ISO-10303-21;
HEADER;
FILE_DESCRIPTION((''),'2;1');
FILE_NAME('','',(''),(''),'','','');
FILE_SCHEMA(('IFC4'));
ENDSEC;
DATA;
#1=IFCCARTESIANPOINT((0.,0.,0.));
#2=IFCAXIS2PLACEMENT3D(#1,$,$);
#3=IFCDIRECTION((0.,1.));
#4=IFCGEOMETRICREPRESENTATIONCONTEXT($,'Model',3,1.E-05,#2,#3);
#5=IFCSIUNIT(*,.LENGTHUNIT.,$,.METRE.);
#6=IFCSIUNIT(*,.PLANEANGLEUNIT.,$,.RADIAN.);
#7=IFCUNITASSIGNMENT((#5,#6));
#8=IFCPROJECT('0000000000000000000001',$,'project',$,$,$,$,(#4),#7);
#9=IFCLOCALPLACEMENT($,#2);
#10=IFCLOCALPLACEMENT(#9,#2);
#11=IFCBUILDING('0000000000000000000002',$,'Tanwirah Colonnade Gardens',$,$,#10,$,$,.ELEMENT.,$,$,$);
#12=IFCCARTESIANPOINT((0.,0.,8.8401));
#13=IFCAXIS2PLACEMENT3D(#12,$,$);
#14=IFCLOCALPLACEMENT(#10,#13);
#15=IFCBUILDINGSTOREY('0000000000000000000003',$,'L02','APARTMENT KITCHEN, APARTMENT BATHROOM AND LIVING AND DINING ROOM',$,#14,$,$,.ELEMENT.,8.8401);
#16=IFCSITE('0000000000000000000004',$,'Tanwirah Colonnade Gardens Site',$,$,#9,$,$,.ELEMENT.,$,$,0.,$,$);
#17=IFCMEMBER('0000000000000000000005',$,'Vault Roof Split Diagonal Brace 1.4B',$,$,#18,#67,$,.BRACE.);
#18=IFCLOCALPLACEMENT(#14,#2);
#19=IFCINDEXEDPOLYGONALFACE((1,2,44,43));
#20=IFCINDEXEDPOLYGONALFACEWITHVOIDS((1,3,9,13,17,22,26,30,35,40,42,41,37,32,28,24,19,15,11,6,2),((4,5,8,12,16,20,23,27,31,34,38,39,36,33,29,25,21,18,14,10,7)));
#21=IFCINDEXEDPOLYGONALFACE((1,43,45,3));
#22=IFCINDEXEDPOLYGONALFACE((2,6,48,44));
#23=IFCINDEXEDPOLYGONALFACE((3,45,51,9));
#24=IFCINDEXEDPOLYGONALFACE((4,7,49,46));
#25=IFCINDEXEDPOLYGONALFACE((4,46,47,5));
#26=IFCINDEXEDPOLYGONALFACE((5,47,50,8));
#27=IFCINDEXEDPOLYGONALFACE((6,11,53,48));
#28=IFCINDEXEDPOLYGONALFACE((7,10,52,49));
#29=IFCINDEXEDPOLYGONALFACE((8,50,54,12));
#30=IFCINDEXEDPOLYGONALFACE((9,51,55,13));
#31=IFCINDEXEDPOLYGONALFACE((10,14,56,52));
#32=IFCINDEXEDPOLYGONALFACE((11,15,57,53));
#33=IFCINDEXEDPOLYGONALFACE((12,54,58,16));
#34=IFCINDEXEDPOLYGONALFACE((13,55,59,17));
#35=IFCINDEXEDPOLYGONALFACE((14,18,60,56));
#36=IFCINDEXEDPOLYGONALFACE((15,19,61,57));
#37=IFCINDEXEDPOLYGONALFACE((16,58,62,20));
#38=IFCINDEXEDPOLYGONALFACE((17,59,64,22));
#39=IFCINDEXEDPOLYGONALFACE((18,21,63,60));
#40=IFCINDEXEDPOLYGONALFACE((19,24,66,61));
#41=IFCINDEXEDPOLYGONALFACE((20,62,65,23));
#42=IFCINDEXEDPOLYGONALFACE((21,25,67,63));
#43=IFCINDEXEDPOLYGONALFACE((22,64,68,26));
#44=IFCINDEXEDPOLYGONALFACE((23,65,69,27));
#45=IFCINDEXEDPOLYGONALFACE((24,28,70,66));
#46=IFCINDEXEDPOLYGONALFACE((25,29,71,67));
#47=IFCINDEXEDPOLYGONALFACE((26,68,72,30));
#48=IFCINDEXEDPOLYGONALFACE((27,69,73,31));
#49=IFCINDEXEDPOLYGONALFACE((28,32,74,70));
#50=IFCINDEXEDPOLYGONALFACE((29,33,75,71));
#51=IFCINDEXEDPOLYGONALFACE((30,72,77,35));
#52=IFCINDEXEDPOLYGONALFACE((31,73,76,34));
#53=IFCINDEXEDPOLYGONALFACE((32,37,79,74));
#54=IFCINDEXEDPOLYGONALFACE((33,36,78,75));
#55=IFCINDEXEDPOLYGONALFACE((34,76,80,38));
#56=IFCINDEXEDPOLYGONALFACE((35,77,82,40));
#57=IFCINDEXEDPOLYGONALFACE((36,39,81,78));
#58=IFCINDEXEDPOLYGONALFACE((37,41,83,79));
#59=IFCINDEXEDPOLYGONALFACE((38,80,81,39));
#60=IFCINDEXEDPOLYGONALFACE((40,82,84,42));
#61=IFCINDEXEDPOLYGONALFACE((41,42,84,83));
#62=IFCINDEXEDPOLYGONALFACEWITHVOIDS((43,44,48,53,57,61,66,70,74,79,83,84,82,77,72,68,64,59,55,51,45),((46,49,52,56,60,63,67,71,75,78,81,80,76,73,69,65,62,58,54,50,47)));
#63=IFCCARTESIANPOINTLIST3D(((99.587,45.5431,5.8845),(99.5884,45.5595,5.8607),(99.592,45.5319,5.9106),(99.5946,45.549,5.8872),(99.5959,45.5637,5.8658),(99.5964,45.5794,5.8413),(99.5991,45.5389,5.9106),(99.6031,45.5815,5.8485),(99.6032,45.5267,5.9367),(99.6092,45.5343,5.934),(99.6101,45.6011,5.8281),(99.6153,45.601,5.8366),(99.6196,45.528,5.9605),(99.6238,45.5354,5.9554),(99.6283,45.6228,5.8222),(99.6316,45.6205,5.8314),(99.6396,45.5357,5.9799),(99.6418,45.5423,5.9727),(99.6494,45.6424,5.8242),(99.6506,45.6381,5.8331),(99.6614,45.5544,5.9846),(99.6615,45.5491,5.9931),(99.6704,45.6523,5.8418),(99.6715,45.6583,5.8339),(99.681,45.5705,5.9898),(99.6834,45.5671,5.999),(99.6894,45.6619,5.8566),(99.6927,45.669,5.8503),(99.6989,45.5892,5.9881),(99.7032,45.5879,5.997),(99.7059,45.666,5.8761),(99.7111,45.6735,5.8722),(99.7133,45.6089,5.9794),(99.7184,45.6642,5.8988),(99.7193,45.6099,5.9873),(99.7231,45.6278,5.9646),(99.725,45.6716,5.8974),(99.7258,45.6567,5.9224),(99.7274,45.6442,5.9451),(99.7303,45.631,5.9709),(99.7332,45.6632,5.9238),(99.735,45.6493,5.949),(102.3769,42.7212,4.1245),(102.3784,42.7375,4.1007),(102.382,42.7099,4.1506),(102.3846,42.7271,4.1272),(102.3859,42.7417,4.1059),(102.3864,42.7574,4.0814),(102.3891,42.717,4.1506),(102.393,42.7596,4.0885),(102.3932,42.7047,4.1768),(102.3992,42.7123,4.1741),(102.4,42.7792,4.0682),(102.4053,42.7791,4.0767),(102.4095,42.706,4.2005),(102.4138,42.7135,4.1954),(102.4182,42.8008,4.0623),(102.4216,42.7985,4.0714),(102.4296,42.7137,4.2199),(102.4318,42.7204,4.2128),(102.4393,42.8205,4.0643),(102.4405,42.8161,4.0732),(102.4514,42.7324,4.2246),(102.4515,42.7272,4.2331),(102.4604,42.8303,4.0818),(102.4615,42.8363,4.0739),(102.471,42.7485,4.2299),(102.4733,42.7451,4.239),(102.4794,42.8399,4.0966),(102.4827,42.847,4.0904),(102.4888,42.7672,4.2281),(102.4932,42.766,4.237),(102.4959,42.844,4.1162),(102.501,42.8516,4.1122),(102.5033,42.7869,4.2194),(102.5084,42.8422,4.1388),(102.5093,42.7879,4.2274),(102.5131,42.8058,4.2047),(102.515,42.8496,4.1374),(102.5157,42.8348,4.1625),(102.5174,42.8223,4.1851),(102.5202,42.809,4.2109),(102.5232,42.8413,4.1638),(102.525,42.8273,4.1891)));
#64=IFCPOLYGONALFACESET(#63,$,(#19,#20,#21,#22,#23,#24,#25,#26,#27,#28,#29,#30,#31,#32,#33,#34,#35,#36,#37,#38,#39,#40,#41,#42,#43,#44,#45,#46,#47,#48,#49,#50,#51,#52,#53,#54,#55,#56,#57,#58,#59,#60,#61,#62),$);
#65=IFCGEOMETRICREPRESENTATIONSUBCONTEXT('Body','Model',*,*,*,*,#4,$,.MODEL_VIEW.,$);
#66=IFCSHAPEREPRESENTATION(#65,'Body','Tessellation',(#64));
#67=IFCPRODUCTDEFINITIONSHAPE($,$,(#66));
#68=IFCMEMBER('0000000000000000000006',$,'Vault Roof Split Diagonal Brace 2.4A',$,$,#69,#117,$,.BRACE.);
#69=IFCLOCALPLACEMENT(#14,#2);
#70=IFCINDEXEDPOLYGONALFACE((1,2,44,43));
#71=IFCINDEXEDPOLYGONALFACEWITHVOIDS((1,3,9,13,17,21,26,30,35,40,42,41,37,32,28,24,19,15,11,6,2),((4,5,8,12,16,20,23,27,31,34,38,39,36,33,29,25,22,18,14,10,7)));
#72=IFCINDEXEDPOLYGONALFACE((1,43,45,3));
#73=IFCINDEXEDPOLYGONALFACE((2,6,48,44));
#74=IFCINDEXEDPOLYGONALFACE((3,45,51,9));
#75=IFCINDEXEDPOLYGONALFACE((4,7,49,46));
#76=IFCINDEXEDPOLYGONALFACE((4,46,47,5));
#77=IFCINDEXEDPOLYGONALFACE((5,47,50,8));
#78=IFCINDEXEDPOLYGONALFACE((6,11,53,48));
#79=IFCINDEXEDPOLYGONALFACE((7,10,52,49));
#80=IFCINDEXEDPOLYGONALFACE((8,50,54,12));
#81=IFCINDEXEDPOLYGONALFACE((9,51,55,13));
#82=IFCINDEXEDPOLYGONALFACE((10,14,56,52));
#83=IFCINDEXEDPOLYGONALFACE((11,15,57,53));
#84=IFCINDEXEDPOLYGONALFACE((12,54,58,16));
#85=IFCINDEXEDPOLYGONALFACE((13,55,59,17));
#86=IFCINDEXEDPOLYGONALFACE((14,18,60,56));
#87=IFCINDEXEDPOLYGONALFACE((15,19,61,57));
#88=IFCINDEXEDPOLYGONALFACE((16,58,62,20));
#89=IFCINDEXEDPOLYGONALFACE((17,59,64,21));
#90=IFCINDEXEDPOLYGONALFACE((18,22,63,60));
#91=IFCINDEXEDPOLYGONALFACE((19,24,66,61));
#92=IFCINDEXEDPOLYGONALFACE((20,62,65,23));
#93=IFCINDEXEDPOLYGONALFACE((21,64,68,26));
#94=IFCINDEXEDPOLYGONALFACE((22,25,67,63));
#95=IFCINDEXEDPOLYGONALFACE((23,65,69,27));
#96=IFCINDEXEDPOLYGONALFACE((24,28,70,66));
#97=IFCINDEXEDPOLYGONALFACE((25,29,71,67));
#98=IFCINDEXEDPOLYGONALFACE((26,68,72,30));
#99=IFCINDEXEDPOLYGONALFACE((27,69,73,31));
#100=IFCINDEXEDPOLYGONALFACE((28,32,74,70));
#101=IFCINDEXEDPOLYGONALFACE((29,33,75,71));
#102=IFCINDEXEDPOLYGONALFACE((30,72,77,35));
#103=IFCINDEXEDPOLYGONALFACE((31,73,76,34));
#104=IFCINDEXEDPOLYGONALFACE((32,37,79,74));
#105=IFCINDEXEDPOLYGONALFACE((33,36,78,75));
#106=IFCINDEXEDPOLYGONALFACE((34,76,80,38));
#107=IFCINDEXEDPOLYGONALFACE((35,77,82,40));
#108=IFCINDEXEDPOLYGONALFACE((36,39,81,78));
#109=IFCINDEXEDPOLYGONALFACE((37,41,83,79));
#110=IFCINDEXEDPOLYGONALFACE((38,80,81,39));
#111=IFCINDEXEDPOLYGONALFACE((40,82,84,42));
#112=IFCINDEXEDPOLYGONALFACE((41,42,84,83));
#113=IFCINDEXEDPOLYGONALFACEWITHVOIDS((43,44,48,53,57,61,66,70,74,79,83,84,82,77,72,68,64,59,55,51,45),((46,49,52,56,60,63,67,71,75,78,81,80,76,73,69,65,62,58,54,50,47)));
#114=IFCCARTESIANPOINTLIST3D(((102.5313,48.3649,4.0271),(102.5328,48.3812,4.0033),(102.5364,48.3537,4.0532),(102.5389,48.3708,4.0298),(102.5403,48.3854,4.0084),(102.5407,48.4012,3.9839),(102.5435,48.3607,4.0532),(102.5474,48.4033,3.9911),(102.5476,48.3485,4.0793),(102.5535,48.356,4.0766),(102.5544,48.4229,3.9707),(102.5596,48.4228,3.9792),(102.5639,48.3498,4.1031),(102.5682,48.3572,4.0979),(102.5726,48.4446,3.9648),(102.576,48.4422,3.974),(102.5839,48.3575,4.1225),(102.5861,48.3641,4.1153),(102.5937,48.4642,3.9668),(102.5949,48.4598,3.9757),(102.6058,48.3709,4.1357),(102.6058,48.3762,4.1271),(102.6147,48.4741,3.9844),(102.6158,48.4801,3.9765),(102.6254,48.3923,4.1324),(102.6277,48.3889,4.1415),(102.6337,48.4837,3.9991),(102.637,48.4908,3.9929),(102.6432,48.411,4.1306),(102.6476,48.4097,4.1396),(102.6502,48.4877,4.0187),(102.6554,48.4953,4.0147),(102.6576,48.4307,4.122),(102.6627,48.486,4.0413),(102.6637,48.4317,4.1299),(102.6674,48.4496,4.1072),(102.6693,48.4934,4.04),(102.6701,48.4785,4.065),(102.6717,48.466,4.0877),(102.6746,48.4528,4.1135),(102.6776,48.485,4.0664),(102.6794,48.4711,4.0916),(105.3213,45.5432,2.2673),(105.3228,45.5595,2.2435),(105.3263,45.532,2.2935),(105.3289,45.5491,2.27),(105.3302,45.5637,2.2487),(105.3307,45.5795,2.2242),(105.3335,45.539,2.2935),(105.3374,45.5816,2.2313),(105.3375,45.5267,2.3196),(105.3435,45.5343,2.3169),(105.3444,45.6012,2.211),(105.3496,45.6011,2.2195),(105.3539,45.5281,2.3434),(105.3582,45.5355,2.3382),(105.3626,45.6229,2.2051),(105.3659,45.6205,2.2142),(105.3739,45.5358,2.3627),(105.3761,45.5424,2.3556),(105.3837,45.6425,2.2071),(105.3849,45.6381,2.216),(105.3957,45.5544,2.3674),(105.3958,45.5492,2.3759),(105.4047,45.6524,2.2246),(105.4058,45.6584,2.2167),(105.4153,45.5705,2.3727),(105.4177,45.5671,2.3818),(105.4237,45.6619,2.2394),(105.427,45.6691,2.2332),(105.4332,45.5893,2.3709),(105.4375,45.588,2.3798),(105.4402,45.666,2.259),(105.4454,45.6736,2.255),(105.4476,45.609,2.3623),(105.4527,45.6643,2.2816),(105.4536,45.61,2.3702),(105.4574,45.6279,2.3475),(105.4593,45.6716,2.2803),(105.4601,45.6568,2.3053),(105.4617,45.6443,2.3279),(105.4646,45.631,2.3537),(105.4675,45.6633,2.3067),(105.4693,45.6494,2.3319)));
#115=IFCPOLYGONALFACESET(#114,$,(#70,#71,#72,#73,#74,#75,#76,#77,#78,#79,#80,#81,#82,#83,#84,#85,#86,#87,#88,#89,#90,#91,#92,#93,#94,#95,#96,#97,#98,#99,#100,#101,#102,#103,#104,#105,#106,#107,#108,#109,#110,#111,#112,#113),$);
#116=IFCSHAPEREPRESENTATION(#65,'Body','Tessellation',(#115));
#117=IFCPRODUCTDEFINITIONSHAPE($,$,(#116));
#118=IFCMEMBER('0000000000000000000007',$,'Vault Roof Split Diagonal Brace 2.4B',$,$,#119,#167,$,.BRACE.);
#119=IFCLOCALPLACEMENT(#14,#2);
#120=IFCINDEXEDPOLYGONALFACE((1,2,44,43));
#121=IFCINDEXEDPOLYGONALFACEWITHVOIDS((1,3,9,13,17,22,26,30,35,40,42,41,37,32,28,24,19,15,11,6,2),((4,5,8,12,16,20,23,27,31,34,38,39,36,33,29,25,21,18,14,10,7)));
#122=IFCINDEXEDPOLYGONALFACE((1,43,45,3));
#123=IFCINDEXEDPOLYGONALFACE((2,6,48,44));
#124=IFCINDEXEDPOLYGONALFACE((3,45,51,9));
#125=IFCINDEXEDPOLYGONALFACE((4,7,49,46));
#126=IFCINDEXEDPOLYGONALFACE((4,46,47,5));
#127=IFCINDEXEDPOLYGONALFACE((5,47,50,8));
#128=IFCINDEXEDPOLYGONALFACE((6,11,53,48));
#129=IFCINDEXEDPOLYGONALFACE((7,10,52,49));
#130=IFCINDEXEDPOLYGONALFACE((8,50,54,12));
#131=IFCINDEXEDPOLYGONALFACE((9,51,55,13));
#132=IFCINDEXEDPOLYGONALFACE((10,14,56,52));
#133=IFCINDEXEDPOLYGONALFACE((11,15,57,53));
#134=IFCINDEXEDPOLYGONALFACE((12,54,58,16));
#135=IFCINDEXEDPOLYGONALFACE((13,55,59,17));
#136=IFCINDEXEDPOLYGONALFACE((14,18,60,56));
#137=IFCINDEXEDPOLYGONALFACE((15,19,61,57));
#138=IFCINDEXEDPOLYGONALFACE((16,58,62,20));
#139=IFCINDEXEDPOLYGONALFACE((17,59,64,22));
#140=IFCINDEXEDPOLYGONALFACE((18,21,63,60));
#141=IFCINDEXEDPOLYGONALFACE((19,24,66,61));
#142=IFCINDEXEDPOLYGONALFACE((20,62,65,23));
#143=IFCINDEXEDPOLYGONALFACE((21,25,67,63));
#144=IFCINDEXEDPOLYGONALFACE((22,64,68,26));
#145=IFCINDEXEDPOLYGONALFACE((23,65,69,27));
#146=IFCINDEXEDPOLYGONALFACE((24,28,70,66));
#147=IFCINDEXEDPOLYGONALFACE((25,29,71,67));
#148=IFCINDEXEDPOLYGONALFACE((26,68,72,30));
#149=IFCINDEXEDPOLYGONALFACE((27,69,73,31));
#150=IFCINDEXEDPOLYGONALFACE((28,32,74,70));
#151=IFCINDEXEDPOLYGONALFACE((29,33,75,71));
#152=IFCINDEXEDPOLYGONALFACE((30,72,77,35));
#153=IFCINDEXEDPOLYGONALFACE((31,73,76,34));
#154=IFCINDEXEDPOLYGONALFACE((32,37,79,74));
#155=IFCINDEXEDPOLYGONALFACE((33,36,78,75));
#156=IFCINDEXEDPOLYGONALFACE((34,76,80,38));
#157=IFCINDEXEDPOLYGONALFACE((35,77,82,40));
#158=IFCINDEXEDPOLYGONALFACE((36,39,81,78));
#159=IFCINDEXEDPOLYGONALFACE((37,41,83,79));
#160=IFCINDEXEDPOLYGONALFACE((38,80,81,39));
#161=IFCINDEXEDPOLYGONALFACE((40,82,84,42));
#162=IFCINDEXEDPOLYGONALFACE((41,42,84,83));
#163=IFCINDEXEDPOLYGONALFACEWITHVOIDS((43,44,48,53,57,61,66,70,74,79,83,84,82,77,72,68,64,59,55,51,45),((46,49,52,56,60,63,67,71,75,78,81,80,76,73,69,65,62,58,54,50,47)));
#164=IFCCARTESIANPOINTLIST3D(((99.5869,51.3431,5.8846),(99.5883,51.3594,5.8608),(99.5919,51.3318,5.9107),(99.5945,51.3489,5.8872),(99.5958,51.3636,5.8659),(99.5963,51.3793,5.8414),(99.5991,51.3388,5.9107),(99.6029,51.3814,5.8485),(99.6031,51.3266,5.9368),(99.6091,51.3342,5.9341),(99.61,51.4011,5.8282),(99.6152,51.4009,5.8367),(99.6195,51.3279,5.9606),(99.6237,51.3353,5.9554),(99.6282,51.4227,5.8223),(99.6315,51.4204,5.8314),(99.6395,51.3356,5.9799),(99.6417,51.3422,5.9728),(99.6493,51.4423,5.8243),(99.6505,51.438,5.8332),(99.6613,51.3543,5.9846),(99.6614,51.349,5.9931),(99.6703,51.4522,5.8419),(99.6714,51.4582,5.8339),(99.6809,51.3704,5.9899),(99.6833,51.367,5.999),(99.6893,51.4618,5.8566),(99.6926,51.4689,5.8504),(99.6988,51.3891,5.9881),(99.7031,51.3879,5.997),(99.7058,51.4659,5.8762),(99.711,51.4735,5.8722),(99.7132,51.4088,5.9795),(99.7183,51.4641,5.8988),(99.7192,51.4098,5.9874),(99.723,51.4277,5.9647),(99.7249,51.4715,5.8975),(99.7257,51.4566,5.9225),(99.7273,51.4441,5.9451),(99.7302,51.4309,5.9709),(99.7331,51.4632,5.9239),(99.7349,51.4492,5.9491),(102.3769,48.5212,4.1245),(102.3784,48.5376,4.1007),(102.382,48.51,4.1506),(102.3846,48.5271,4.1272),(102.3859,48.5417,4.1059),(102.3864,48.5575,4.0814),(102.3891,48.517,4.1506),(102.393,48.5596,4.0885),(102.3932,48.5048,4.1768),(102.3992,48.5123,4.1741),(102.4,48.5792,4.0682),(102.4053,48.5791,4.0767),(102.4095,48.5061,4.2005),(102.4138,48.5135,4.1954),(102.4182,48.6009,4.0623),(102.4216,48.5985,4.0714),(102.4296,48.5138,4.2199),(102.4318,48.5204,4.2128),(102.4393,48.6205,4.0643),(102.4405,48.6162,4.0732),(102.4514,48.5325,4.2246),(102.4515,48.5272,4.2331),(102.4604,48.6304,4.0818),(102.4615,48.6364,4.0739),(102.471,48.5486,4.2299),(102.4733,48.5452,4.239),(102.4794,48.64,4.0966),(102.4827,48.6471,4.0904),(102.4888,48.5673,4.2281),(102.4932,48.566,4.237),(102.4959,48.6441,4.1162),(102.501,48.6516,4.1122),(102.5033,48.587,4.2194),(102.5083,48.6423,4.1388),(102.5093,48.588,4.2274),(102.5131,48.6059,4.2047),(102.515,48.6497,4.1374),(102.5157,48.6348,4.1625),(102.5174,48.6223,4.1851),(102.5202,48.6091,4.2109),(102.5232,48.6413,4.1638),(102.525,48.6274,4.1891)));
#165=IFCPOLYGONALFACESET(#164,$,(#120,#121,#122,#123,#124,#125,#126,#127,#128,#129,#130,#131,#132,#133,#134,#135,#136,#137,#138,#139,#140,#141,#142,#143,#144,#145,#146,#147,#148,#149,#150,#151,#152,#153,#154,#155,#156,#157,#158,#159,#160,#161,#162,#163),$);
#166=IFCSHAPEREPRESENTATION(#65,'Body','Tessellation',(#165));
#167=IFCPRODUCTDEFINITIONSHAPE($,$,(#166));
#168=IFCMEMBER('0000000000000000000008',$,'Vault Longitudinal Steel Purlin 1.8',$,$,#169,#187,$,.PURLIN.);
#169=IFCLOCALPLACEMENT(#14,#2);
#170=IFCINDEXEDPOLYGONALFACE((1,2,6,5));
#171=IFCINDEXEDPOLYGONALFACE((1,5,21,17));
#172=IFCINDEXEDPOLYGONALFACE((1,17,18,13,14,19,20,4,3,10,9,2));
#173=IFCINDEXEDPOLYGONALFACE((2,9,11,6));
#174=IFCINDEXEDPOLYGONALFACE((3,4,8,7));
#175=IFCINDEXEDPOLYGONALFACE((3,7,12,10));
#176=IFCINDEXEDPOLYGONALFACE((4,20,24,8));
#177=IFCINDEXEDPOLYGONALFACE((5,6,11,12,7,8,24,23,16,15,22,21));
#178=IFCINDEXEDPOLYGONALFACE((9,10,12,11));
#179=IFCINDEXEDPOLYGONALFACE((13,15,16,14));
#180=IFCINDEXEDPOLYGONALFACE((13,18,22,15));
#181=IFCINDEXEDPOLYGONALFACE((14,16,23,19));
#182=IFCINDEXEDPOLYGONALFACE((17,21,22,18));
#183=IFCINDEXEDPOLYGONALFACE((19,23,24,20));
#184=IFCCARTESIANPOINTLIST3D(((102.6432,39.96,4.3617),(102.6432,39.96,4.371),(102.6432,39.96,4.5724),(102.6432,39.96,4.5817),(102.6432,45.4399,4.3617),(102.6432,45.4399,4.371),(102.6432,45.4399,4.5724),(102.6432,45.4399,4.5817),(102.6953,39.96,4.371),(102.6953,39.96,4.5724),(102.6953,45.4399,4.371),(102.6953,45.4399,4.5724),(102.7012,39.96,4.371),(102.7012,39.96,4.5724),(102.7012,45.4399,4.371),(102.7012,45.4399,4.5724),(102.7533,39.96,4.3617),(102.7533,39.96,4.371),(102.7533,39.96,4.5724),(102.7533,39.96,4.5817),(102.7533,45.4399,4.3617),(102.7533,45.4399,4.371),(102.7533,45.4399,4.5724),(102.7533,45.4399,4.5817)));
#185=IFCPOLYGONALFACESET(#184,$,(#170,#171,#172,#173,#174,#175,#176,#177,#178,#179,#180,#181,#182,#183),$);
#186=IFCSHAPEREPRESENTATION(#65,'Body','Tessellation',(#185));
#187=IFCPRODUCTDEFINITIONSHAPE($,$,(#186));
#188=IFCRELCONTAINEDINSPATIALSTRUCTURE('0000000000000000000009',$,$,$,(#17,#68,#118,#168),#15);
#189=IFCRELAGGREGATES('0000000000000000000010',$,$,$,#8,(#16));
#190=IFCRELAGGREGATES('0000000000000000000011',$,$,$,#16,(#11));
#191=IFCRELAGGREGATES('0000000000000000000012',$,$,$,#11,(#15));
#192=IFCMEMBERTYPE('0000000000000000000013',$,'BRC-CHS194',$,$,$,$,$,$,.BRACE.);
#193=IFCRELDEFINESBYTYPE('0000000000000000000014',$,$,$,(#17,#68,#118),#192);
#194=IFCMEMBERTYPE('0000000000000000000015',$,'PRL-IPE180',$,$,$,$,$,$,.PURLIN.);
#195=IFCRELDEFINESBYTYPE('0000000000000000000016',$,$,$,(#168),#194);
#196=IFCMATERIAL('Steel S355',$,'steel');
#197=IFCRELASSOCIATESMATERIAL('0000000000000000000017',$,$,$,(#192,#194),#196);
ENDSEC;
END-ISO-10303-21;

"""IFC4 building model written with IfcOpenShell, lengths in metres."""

from ifc_helpers import new_model, si_unit, direction, frame, origin, origin_2d, place, context, subcontext, project, spatial, hollow_circle, i_section, extrude, material, material_profile, profile_set, type_object, element, save


model = new_model("IFC4")

# Units and contexts
model_context = context("Model", 3, precision=1e-05, world=origin(), true_north=direction((0.0, 1.0)))
body_context = subcontext(model_context, "Body", "Model", "MODEL_VIEW")
ifc_project = project(units=[si_unit("LENGTHUNIT", "METRE"), si_unit("PLANEANGLEUNIT", "RADIAN")], contexts=[model_context])

# Site, building, storey
site_placement = place(None, origin())
site = spatial("IfcSite", under=ifc_project, at=site_placement, Name="Tanwirah Colonnade Gardens Site", CompositionType="ELEMENT", RefElevation=0.0)
building_placement = place(site_placement, origin())
building = spatial("IfcBuilding", under=site, at=building_placement, Name="Tanwirah Colonnade Gardens", CompositionType="ELEMENT")
storey_placement = place(building_placement, frame((0.0, 0.0, 8.8401)))
storey = spatial("IfcBuildingStorey", under=building, at=storey_placement, Name="L02", Description="APARTMENT KITCHEN, APARTMENT BATHROOM AND LIVING AND DINING ROOM", CompositionType="ELEMENT", Elevation=8.8401)

# Members
ifc_material_1 = material(Name="Steel S355", Category="steel")
ifc_material_profile_1 = material_profile(ifc_material_1, hollow_circle(Radius=0.0969, WallThickness=0.01, at=origin_2d()), Name="CHS 193.7x10")
ifc_profile_set_1 = profile_set([ifc_material_profile_1], Name="Steel S355")
member_type_1 = type_object("IfcMemberType", Name="BRC-CHS194", PredefinedType="BRACE", material=ifc_profile_set_1)
member_1_placement = place(storey_placement, frame((102.4509, 42.7781, 4.1506), z_axis=(-0.642693, 0.65006, 0.405423), x_axis=(-0.711125, -0.703066, 0.0)))
element("IfcMember", 1, at=member_1_placement, inside=storey, type_object=member_type_1, Name="Vault Roof Split Diagonal Brace 1.4B", PredefinedType="BRACE", context=body_context, shape_type="SweptSolid", body=[
    extrude(hollow_circle(Radius=0.0969, WallThickness=0.01, at=origin_2d()), origin(), (0.0, 0.0, 1.0), 4.3411),
])
member_2_placement = place(storey_placement, frame((105.3953, 45.6001, 2.2935), z_axis=(-0.642731, 0.650042, 0.405391), x_axis=(-0.711095, -0.703096, 0.0)))
element("IfcMember", 2, at=member_2_placement, inside=storey, type_object=member_type_1, Name="Vault Roof Split Diagonal Brace 2.4A", PredefinedType="BRACE", context=body_context, shape_type="SweptSolid", body=[
    extrude(hollow_circle(Radius=0.0969, WallThickness=0.01, at=origin_2d()), origin(), (0.0, 0.0, 1.0), 4.3408),
])
member_3_placement = place(storey_placement, frame((102.4509, 48.5781, 4.1506), z_axis=(-0.642716, 0.650028, 0.405438), x_axis=(-0.711095, -0.703096, 0.0)))
element("IfcMember", 3, at=member_3_placement, inside=storey, type_object=member_type_1, Name="Vault Roof Split Diagonal Brace 2.4B", PredefinedType="BRACE", context=body_context, shape_type="SweptSolid", body=[
    extrude(hollow_circle(Radius=0.0969, WallThickness=0.01, at=origin_2d()), origin(), (0.0, 0.0, 1.0), 4.3411),
])
ifc_material_profile_2 = material_profile(ifc_material_1, i_section(OverallWidth=0.1101, OverallDepth=0.22, WebThickness=0.0059, FlangeThickness=0.0093, at=origin_2d()), Name="IPE 220")
ifc_profile_set_2 = profile_set([ifc_material_profile_2], Name="Steel S355")
member_type_2 = type_object("IfcMemberType", Name="PRL-IPE180", PredefinedType="PURLIN", material=ifc_profile_set_2)
for number, where, z_axis, x_axis, name in (
    (4, (102.6982, 39.96, 4.4717), (0.0, 1.0, 0.0), (-1.0, 0.0, 0.0), "Vault Longitudinal Steel Purlin 1.8"),
):
    element("IfcMember", number, at=place(storey_placement, frame(where, z_axis=z_axis, x_axis=x_axis)), inside=storey, type_object=member_type_2, Name=name, PredefinedType="PURLIN", context=body_context, shape_type="SweptSolid", body=[
        extrude(i_section(OverallWidth=0.1101, OverallDepth=0.22, WebThickness=0.0059, FlangeThickness=0.0093, at=origin_2d()), origin(), (0.0, 0.0, 1.0), 5.48),
    ])

save(model, "model.ifc")
